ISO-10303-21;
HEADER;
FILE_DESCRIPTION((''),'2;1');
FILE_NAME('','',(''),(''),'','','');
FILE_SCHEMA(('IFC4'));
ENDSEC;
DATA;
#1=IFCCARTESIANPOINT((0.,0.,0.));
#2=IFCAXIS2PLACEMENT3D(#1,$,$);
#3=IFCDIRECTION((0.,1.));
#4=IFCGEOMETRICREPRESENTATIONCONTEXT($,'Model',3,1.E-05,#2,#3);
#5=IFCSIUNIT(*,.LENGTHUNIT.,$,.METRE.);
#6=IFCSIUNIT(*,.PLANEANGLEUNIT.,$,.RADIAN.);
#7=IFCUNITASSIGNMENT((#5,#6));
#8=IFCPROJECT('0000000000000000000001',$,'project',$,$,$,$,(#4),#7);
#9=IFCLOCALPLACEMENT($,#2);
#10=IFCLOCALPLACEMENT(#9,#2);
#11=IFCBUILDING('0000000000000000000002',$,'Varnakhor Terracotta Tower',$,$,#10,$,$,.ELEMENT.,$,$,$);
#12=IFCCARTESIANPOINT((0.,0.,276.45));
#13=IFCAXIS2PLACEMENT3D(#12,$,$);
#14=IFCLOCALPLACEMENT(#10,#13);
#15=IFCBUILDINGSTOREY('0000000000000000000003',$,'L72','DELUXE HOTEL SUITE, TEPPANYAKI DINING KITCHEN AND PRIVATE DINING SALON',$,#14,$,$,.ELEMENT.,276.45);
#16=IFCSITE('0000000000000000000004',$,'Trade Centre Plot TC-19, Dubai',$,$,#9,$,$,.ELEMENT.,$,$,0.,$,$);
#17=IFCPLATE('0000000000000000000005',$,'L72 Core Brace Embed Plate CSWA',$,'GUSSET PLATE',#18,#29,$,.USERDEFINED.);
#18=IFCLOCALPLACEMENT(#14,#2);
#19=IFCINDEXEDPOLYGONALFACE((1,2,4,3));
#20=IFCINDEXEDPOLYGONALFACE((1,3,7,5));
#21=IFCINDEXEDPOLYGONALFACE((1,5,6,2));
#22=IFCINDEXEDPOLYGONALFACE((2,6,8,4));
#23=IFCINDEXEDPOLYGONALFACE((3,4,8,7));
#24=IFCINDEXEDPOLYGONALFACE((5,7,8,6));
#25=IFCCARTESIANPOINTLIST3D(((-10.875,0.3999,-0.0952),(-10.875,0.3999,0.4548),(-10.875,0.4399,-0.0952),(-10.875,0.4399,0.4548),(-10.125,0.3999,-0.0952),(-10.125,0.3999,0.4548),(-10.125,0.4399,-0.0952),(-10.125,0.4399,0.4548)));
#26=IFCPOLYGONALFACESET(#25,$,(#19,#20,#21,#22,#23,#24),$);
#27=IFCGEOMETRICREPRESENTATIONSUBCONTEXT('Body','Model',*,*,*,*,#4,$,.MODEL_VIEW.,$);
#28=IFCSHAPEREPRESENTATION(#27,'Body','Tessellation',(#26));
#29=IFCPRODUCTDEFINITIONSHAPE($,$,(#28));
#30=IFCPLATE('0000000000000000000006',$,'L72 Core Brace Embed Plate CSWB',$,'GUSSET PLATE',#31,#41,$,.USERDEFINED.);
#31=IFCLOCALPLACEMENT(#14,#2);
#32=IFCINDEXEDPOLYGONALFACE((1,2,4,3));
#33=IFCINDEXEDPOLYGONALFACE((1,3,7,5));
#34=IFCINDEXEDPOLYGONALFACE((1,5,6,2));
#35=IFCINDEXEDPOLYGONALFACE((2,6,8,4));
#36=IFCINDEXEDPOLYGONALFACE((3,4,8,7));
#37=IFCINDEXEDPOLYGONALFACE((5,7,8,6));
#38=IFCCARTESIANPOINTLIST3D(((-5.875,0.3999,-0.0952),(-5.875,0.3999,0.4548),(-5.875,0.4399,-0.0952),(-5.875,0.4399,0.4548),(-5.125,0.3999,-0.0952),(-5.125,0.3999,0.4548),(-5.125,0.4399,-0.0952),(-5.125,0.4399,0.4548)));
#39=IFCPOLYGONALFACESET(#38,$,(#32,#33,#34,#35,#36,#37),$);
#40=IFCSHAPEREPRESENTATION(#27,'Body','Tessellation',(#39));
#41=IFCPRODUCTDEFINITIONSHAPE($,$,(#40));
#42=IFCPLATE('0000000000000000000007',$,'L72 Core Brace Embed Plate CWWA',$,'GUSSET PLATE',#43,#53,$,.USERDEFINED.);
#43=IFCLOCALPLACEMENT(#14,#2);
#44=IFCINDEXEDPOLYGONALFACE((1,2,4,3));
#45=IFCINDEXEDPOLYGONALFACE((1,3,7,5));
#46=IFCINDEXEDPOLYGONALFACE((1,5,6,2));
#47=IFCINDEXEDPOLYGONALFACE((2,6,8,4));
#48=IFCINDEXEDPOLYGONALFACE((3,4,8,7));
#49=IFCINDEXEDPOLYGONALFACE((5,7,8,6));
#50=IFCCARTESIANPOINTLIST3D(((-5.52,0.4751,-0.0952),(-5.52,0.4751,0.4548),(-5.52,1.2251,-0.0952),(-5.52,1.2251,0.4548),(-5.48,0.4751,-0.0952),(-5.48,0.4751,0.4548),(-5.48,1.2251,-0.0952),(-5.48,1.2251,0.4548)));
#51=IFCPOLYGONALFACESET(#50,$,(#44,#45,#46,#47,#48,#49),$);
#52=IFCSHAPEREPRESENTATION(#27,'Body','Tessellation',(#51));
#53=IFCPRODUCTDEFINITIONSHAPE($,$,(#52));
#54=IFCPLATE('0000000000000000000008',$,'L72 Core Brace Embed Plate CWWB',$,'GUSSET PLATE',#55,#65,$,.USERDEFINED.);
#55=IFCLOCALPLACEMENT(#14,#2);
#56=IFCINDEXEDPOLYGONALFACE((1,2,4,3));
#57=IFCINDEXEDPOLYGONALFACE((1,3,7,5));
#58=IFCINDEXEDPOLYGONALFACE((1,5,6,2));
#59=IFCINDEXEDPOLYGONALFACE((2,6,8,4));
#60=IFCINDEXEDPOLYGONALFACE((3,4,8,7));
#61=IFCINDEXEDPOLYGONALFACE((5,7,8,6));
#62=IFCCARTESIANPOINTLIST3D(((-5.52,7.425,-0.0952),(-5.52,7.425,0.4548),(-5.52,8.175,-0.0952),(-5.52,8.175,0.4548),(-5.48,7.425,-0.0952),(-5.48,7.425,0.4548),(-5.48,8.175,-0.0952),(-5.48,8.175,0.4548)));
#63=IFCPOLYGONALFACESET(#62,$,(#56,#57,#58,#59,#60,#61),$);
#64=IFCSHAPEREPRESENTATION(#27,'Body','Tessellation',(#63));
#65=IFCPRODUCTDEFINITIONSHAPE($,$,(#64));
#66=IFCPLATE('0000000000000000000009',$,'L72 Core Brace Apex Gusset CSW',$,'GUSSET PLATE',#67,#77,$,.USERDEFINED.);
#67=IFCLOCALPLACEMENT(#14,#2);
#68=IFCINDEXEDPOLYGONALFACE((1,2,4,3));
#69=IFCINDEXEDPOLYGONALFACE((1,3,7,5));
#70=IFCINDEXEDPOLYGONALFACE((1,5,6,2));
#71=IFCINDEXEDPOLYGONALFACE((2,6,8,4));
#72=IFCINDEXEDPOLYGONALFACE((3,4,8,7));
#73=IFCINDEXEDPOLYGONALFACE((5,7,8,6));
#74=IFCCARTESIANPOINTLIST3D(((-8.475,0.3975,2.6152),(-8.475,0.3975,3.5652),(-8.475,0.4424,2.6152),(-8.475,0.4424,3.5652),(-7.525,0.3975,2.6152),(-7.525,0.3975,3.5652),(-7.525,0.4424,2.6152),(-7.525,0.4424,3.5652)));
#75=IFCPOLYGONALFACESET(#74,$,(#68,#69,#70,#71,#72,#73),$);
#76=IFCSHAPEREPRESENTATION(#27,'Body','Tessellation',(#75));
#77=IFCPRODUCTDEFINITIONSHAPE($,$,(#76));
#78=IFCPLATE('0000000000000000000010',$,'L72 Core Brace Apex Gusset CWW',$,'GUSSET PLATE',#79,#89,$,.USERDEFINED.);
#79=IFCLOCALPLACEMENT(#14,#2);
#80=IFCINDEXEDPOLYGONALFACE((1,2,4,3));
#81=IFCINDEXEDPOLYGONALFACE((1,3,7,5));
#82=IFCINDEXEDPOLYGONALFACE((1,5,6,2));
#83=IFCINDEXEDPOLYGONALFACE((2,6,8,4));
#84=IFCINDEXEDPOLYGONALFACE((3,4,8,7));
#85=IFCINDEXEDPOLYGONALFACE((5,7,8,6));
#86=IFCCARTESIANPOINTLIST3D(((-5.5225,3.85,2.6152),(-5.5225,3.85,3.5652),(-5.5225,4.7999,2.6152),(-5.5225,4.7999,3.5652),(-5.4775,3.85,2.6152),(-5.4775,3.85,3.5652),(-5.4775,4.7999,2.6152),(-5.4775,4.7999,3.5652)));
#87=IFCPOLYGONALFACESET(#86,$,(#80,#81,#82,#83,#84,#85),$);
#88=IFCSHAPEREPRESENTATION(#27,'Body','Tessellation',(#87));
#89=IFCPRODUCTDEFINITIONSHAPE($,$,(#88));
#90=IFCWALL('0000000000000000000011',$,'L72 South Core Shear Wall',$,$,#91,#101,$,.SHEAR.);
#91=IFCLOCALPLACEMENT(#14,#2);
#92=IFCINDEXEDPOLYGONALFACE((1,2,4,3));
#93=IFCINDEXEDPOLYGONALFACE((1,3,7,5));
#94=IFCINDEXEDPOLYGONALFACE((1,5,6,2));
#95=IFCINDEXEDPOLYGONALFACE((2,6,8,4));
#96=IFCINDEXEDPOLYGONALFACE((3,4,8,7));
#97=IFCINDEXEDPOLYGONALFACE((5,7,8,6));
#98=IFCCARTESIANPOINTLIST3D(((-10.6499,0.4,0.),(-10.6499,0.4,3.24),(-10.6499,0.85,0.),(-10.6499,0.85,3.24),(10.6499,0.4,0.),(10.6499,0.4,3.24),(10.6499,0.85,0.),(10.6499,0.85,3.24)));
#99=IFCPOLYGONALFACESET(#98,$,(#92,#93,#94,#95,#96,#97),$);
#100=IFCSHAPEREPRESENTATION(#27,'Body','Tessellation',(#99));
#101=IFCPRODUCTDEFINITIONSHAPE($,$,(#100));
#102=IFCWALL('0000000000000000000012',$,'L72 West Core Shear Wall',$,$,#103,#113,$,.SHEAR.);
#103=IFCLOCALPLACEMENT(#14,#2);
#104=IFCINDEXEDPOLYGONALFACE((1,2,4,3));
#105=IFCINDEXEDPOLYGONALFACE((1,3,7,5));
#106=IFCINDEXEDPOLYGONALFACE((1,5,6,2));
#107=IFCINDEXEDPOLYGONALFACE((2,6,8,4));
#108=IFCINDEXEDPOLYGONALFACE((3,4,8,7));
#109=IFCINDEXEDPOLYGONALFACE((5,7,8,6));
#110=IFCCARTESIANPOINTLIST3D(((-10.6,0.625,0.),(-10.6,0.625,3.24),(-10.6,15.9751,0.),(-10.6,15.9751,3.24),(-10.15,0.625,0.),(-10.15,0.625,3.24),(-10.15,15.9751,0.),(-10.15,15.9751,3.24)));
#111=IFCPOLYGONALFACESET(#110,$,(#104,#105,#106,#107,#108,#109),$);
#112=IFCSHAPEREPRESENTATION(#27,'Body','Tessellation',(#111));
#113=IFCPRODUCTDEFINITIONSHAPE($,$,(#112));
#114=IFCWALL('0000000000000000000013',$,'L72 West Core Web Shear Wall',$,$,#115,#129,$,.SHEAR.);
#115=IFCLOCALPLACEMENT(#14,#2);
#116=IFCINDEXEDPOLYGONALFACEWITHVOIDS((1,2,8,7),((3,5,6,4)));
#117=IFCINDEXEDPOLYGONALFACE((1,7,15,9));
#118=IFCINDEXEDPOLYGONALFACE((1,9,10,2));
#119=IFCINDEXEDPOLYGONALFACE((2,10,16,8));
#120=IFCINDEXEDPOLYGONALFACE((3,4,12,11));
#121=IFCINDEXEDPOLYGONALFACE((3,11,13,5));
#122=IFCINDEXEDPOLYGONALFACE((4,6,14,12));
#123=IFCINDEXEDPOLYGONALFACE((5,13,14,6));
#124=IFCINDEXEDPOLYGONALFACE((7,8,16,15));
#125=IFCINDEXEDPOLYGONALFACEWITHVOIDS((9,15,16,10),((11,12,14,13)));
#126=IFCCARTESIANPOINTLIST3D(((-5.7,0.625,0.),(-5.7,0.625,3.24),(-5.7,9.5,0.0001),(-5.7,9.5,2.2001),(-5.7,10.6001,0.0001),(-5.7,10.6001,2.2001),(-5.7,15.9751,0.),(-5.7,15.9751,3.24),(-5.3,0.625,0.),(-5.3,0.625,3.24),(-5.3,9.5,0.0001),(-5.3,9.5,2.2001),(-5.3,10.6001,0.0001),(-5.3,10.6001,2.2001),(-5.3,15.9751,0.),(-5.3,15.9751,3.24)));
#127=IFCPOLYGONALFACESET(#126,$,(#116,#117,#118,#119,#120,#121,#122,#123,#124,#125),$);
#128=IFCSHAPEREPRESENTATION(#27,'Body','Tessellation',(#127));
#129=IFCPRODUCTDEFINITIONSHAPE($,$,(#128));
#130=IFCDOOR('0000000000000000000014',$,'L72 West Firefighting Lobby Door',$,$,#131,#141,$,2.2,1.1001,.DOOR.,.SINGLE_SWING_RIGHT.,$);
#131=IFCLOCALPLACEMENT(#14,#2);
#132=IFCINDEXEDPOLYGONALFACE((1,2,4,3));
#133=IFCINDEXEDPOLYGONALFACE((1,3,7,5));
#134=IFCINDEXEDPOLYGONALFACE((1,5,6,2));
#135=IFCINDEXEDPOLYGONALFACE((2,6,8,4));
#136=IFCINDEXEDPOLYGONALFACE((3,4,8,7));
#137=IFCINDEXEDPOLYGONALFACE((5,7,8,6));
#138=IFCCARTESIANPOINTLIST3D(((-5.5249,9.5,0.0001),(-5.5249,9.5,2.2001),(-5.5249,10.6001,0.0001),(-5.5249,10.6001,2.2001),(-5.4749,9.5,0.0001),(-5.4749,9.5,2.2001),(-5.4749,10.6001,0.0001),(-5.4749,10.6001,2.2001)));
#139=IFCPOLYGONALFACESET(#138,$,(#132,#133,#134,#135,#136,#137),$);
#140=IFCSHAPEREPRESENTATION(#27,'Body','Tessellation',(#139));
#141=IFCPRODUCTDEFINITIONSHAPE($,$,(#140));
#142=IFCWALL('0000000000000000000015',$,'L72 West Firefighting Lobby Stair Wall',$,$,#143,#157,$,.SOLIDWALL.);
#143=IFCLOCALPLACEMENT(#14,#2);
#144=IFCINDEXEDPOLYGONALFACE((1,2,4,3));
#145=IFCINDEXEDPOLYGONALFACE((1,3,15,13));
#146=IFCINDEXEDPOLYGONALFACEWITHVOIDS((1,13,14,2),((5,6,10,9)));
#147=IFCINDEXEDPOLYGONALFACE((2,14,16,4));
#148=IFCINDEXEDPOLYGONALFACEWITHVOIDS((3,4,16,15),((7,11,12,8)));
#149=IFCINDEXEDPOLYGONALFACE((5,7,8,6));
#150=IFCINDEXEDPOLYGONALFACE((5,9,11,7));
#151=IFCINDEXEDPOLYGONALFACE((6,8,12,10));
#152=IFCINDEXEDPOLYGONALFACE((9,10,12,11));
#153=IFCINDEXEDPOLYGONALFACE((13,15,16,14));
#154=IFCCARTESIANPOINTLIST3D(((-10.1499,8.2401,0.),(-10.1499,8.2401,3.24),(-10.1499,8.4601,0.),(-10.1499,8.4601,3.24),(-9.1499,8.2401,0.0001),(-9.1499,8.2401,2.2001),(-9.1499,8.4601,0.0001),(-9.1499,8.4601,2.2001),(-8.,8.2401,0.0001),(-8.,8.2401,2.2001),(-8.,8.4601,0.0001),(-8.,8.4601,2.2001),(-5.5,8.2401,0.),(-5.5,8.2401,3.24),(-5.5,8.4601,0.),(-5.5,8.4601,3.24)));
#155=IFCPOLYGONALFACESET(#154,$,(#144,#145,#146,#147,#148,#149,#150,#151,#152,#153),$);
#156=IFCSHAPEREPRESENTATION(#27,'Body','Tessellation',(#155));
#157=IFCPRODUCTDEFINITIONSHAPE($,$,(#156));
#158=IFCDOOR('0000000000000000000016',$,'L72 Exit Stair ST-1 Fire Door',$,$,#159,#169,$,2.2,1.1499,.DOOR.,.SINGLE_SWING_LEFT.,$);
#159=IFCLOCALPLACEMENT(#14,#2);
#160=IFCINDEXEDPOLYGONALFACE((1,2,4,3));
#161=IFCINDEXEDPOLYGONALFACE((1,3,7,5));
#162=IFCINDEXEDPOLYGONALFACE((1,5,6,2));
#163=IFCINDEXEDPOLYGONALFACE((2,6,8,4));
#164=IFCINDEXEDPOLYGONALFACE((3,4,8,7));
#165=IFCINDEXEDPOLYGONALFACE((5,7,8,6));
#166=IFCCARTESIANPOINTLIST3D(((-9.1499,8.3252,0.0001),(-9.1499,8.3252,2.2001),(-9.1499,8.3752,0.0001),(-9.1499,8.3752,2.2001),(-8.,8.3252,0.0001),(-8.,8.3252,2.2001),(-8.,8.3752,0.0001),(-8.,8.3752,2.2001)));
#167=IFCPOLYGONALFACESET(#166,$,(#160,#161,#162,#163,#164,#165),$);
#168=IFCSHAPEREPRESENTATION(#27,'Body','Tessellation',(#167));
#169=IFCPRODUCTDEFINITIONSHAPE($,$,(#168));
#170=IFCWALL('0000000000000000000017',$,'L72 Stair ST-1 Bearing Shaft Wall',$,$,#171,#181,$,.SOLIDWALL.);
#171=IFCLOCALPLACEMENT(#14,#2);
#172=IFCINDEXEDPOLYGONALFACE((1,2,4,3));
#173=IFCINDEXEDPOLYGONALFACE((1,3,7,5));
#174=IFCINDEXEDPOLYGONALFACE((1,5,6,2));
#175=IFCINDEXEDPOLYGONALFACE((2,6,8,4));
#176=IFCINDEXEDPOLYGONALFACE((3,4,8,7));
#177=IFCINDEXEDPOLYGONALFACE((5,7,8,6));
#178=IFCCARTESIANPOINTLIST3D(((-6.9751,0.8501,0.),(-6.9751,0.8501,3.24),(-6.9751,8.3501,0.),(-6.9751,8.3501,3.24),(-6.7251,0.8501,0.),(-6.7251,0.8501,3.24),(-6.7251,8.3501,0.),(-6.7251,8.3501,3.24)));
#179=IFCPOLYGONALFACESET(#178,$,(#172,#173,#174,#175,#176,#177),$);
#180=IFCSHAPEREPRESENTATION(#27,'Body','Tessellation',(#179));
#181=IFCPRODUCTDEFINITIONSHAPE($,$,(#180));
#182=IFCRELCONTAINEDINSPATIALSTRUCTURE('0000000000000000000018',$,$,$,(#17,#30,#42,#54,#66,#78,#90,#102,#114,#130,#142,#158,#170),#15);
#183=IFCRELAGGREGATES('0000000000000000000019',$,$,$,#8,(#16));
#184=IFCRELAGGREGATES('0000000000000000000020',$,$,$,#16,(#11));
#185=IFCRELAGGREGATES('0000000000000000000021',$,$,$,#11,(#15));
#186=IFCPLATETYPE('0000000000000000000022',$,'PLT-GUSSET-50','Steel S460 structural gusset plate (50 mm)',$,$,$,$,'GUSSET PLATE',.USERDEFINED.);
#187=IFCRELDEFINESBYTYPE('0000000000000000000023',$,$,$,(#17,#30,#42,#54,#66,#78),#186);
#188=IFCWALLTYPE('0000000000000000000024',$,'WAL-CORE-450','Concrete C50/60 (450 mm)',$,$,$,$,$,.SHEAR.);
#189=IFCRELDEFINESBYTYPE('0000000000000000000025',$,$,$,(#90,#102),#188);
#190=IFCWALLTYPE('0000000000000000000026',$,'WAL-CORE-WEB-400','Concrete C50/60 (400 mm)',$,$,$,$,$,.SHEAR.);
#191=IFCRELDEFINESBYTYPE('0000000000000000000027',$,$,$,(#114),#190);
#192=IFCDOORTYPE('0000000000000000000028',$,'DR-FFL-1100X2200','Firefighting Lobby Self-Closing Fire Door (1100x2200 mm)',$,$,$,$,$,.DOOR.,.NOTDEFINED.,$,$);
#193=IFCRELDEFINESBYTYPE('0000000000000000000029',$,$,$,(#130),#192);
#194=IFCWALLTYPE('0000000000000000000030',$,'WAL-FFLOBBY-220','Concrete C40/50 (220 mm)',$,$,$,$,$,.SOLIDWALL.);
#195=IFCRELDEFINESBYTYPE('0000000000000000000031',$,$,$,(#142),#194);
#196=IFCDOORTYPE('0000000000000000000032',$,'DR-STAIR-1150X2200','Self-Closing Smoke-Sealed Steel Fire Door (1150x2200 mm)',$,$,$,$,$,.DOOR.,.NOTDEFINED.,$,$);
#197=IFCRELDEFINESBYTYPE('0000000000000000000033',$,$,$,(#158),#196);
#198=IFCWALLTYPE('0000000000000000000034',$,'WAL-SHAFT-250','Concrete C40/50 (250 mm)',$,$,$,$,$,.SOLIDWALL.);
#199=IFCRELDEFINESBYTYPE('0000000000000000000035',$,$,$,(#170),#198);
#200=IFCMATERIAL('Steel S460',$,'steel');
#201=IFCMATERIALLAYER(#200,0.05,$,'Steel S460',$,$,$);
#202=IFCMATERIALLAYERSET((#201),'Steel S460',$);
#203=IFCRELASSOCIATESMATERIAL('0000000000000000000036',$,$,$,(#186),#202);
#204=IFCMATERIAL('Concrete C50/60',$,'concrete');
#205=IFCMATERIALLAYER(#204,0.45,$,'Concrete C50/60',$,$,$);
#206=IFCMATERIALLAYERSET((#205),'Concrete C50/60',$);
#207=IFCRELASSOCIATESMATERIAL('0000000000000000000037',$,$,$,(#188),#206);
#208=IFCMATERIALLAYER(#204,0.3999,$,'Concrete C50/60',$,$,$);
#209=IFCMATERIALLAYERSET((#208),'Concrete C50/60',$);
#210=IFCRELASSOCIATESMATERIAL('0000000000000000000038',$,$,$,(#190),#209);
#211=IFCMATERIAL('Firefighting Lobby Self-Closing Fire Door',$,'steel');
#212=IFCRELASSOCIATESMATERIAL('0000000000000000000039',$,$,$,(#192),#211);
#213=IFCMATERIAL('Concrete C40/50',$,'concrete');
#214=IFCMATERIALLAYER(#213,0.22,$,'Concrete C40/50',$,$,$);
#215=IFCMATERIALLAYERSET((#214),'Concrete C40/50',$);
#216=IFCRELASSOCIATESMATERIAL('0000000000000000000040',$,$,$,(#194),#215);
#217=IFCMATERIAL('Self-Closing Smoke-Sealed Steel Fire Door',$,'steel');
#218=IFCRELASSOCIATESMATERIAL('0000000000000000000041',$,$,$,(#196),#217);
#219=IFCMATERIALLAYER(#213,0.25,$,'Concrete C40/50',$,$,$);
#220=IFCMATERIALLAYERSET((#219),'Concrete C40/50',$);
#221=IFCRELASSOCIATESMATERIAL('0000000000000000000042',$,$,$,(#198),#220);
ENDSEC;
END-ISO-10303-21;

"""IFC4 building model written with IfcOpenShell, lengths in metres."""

from ifc_helpers import new_model, si_unit, direction, frame, frame_2d, origin, origin_2d, place, context, subcontext, project, spatial, rectangle, extrude, source, transform, mapped, material, layer, layer_set, type_object, type_shapes, element, fill, save


model = new_model("IFC4")

# Units and contexts
model_context = context("Model", 3, precision=1e-05, world=origin(), true_north=direction((0.0, 1.0)))
body_context = subcontext(model_context, "Body", "Model", "MODEL_VIEW")
ifc_project = project(units=[si_unit("LENGTHUNIT", "METRE"), si_unit("PLANEANGLEUNIT", "RADIAN")], contexts=[model_context])

# Site, building, storey
site_placement = place(None, origin())
site = spatial("IfcSite", under=ifc_project, at=site_placement, Name="Trade Centre Plot TC-19, Dubai", CompositionType="ELEMENT", RefElevation=0.0)
building_placement = place(site_placement, origin())
building = spatial("IfcBuilding", under=site, at=building_placement, Name="Varnakhor Terracotta Tower", CompositionType="ELEMENT")
storey_placement = place(building_placement, frame((0.0, 0.0, 276.45)))
storey = spatial("IfcBuildingStorey", under=building, at=storey_placement, Name="L72", Description="DELUXE HOTEL SUITE, TEPPANYAKI DINING KITCHEN AND PRIVATE DINING SALON", CompositionType="ELEMENT", Elevation=276.45)

# Shared definitions
ifc_material_1 = material(Name="Concrete C50/60", Category="concrete")

# Plates
ifc_material_2 = material(Name="Steel S460", Category="steel")
ifc_layer_1 = layer(ifc_material_2, 0.05, Name="Steel S460")
ifc_layer_set_1 = layer_set([ifc_layer_1], Name="Steel S460")
plate_type = type_object("IfcPlateType", Name="PLT-GUSSET-50", Description="Steel S460 structural gusset plate (50 mm)", ElementType="GUSSET PLATE", PredefinedType="USERDEFINED", material=ifc_layer_set_1)
shared_shape_1 = source(origin(), body_context, "Body", "SweptSolid", [
    extrude(rectangle(XDim=0.75, YDim=0.04, at=origin_2d()), origin(), (0.0, 0.0, 1.0), 0.55),
])
type_shapes(plate_type, [shared_shape_1])
for number, where, z_axis, x_axis, name in (
    (1, (-10.5, 0.4199, -0.0952), (0.0, 0.0, 1.0), (1.0, 0.0, 0.0), "L72 Core Brace Embed Plate CSWA"),
    (2, (-5.5, 0.4199, -0.0952), (0.0, 0.0, 1.0), (1.0, 0.0, 0.0), "L72 Core Brace Embed Plate CSWB"),
    (3, (-5.5, 0.8501, -0.0952), (0.0, 0.0, 1.0), (0.0, 1.0, 0.0), "L72 Core Brace Embed Plate CWWA"),
    (4, (-5.5, 7.8, -0.0952), (0.0, 0.0, 1.0), (0.0, 1.0, 0.0), "L72 Core Brace Embed Plate CWWB"),
):
    element("IfcPlate", number, at=place(storey_placement, frame(where, z_axis=z_axis, x_axis=x_axis)), inside=storey, type_object=plate_type, Name=name, ObjectType="GUSSET PLATE", PredefinedType="USERDEFINED", context=body_context, shape_type="MappedRepresentation", body=[
        mapped(shared_shape_1, transform((0.0, 0.0, 0.0), scale=1.0)),
    ])
shared_shape_2 = source(origin(), body_context, "Body", "SweptSolid", [
    extrude(rectangle(XDim=0.95, YDim=0.0449, at=origin_2d()), origin(), (0.0, 0.0, 1.0), 0.95),
])
for number, where, z_axis, x_axis, name in (
    (5, (-8.0, 0.4199, 2.6152), (0.0, 0.0, 1.0), (1.0, 0.0, 0.0), "L72 Core Brace Apex Gusset CSW"),
    (6, (-5.5, 4.325, 2.6152), (0.0, 0.0, 1.0), (0.0, 1.0, 0.0), "L72 Core Brace Apex Gusset CWW"),
):
    element("IfcPlate", number, at=place(storey_placement, frame(where, z_axis=z_axis, x_axis=x_axis)), inside=storey, type_object=plate_type, Name=name, ObjectType="GUSSET PLATE", PredefinedType="USERDEFINED", context=body_context, shape_type="MappedRepresentation", body=[
        mapped(shared_shape_2, transform((0.0, 0.0, 0.0), scale=1.0)),
    ])

# Walls
ifc_layer_2 = layer(ifc_material_1, 0.45, Name="Concrete C50/60")
ifc_layer_set_2 = layer_set([ifc_layer_2], Name="Concrete C50/60")
wall_type_1 = type_object("IfcWallType", Name="WAL-CORE-450", Description="Concrete C50/60 (450 mm)", PredefinedType="SHEAR", material=ifc_layer_set_2)
wall_1_placement = place(storey_placement, frame((-10.6499, 0.625, 0.0), z_axis=(0.0, 0.0, 1.0), x_axis=(1.0, 0.0, 0.0)))
element("IfcWall", 7, at=wall_1_placement, inside=storey, type_object=wall_type_1, Name="L72 South Core Shear Wall", PredefinedType="SHEAR", context=body_context, shape_type="SweptSolid", body=[
    extrude(rectangle(XDim=21.2998, YDim=0.45, at=frame_2d((10.6499, 0.0))), origin(), (0.0, 0.0, 1.0), 3.24),
])
wall_2_placement = place(storey_placement, frame((-10.375, 0.625, 0.0), z_axis=(0.0, 0.0, 1.0), x_axis=(0.0, 1.0, 0.0)))
element("IfcWall", 8, at=wall_2_placement, inside=storey, type_object=wall_type_1, Name="L72 West Core Shear Wall", PredefinedType="SHEAR", context=body_context, shape_type="SweptSolid", body=[
    extrude(rectangle(XDim=15.3501, YDim=0.45, at=frame_2d((7.675, 0.0))), origin(), (0.0, 0.0, 1.0), 3.24),
])

# Walls, openings, doors
ifc_layer_3 = layer(ifc_material_1, 0.3999, Name="Concrete C50/60")
ifc_layer_set_3 = layer_set([ifc_layer_3], Name="Concrete C50/60")
wall_type_2 = type_object("IfcWallType", Name="WAL-CORE-WEB-400", Description="Concrete C50/60 (400 mm)", PredefinedType="SHEAR", material=ifc_layer_set_3)
wall_3_placement = place(storey_placement, frame((-5.5, 0.625, 0.0), z_axis=(0.0, 0.0, 1.0), x_axis=(0.0, 1.0, 0.0)))
wall_3 = element("IfcWall", 9, at=wall_3_placement, inside=storey, type_object=wall_type_2, Name="L72 West Core Web Shear Wall", PredefinedType="SHEAR", context=body_context, shape_type="SweptSolid", body=[
    extrude(rectangle(XDim=15.3501, YDim=0.3999, at=frame_2d((7.675, 0.0))), origin(), (0.0, 0.0, 1.0), 3.24),
])
opening_1_placement = place(wall_3_placement, frame((8.875, 0.0, 0.0)))
opening_1 = element("IfcOpeningElement", 10, at=opening_1_placement, cuts=wall_3, PredefinedType="OPENING", context=body_context, shape_type="SweptSolid", body=[
    extrude(rectangle(XDim=1.1001, YDim=2.2, at=frame_2d((0.55, 1.1001))), frame((0.0, 0.21, 0.0), z_axis=(0.0, -1.0, 0.0), x_axis=(1.0, 0.0, 0.0)), (0.0, 0.0, 1.0), 0.4199),
])
ifc_material_3 = material(Name="Firefighting Lobby Self-Closing Fire Door", Category="steel")
door_type_1 = type_object("IfcDoorType", Name="DR-FFL-1100X2200", Description="Firefighting Lobby Self-Closing Fire Door (1100x2200 mm)", OperationType="NOTDEFINED", PredefinedType="DOOR", material=ifc_material_3)
shared_shape_3 = source(origin(), body_context, "Body", "SweptSolid", [
    extrude(rectangle(XDim=1.1001, YDim=2.2, at=frame_2d((0.55, 1.1001))), frame((0.0, 0.0249, 0.0), z_axis=(0.0, -1.0, 0.0), x_axis=(1.0, 0.0, 0.0)), (0.0, 0.0, 1.0), 0.05),
])
type_shapes(door_type_1, [shared_shape_3])
door_1_placement = place(opening_1_placement, origin())
door_1 = element("IfcDoor", 11, at=door_1_placement, inside=storey, type_object=door_type_1, Name="L72 West Firefighting Lobby Door", OperationType="SINGLE_SWING_RIGHT", OverallHeight=2.2, OverallWidth=1.1001, PredefinedType="DOOR", context=body_context, shape_type="MappedRepresentation", body=[
    mapped(shared_shape_3, transform((0.0, 0.0, 0.0), scale=1.0)),
])
fill(opening_1, door_1)
ifc_material_4 = material(Name="Concrete C40/50", Category="concrete")
ifc_layer_4 = layer(ifc_material_4, 0.22, Name="Concrete C40/50")
ifc_layer_set_4 = layer_set([ifc_layer_4], Name="Concrete C40/50")
wall_type_3 = type_object("IfcWallType", Name="WAL-FFLOBBY-220", Description="Concrete C40/50 (220 mm)", PredefinedType="SOLIDWALL", material=ifc_layer_set_4)
wall_4_placement = place(storey_placement, frame((-5.5, 8.3501, 0.0), z_axis=(0.0, 0.0, 1.0), x_axis=(-1.0, 0.0, 0.0)))
wall_4 = element("IfcWall", 12, at=wall_4_placement, inside=storey, type_object=wall_type_3, Name="L72 West Firefighting Lobby Stair Wall", PredefinedType="SOLIDWALL", context=body_context, shape_type="SweptSolid", body=[
    extrude(rectangle(XDim=4.6499, YDim=0.22, at=frame_2d((2.325, 0.0))), origin(), (0.0, 0.0, 1.0), 3.24),
])
opening_2_placement = place(wall_4_placement, frame((2.5, 0.0, 0.0)))
opening_2 = element("IfcOpeningElement", 13, at=opening_2_placement, cuts=wall_4, PredefinedType="OPENING", context=body_context, shape_type="SweptSolid", body=[
    extrude(rectangle(XDim=1.1499, YDim=2.2, at=frame_2d((0.575, 1.1001))), frame((0.0, 0.1201, 0.0), z_axis=(0.0, -1.0, 0.0), x_axis=(1.0, 0.0, 0.0)), (0.0, 0.0, 1.0), 0.24),
])
ifc_material_5 = material(Name="Self-Closing Smoke-Sealed Steel Fire Door", Category="steel")
door_type_2 = type_object("IfcDoorType", Name="DR-STAIR-1150X2200", Description="Self-Closing Smoke-Sealed Steel Fire Door (1150x2200 mm)", OperationType="NOTDEFINED", PredefinedType="DOOR", material=ifc_material_5)
shared_shape_4 = source(origin(), body_context, "Body", "SweptSolid", [
    extrude(rectangle(XDim=1.1499, YDim=2.2, at=frame_2d((0.575, 1.1001))), frame((0.0, 0.0249, 0.0), z_axis=(0.0, -1.0, 0.0), x_axis=(1.0, 0.0, 0.0)), (0.0, 0.0, 1.0), 0.05),
])
type_shapes(door_type_2, [shared_shape_4])
door_2_placement = place(opening_2_placement, origin())
door_2 = element("IfcDoor", 14, at=door_2_placement, inside=storey, type_object=door_type_2, Name="L72 Exit Stair ST-1 Fire Door", OperationType="SINGLE_SWING_LEFT", OverallHeight=2.2, OverallWidth=1.1499, PredefinedType="DOOR", context=body_context, shape_type="MappedRepresentation", body=[
    mapped(shared_shape_4, transform((0.0, 0.0, 0.0), scale=1.0)),
])
fill(opening_2, door_2)

# Wall
ifc_layer_5 = layer(ifc_material_4, 0.25, Name="Concrete C40/50")
ifc_layer_set_5 = layer_set([ifc_layer_5], Name="Concrete C40/50")
wall_type_4 = type_object("IfcWallType", Name="WAL-SHAFT-250", Description="Concrete C40/50 (250 mm)", PredefinedType="SOLIDWALL", material=ifc_layer_set_5)
wall_5_placement = place(storey_placement, frame((-6.8501, 0.8501, 0.0), z_axis=(0.0, 0.0, 1.0), x_axis=(0.0, 1.0, 0.0)))
element("IfcWall", 15, at=wall_5_placement, inside=storey, type_object=wall_type_4, Name="L72 Stair ST-1 Bearing Shaft Wall", PredefinedType="SOLIDWALL", context=body_context, shape_type="SweptSolid", body=[
    extrude(rectangle(XDim=7.5, YDim=0.25, at=frame_2d((3.75, 0.0))), origin(), (0.0, 0.0, 1.0), 3.24),
])

save(model, "model.ifc")
